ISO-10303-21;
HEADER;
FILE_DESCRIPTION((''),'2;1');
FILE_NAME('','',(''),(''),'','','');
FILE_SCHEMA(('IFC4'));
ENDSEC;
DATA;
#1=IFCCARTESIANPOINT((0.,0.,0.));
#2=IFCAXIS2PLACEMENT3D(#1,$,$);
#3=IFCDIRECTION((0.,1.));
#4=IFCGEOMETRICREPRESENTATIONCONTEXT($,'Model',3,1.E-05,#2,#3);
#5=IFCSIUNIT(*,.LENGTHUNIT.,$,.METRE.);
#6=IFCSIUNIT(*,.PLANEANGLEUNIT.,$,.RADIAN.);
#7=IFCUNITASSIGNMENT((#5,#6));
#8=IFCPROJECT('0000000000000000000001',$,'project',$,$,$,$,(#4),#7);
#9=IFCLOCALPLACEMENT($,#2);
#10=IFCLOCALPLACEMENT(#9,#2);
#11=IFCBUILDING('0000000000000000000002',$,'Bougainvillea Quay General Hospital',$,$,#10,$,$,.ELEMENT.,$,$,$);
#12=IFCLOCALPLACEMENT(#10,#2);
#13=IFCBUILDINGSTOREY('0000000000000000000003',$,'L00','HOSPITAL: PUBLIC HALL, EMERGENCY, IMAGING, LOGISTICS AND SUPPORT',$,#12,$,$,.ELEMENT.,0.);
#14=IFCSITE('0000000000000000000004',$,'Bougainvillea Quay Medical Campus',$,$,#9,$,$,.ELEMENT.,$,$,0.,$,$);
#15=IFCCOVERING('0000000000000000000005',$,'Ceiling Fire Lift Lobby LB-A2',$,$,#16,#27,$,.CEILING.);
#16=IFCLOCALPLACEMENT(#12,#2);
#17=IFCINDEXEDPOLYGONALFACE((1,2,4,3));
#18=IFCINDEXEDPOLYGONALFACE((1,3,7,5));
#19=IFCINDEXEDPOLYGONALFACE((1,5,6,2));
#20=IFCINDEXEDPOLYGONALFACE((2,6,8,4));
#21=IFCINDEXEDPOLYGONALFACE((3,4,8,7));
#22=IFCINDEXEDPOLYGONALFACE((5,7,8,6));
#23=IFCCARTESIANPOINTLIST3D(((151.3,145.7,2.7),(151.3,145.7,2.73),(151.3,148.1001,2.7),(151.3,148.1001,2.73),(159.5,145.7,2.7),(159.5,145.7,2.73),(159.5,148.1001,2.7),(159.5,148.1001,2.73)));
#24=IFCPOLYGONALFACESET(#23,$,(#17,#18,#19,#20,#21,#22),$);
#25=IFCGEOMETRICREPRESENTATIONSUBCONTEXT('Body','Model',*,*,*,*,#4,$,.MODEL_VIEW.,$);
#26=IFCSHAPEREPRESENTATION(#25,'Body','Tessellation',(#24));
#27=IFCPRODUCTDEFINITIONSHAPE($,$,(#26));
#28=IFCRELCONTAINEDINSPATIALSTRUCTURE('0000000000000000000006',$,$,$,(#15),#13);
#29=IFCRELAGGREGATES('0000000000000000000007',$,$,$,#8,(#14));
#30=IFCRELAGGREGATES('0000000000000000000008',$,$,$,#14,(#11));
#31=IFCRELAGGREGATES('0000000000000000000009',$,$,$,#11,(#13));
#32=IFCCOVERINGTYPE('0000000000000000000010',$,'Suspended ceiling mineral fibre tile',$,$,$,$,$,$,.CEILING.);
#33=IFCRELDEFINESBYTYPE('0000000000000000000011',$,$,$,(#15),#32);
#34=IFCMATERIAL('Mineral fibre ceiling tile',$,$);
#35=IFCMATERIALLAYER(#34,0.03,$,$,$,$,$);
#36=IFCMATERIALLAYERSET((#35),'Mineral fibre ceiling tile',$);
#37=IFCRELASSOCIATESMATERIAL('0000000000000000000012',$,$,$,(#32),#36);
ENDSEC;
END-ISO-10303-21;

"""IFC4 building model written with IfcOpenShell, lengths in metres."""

from ifc_helpers import new_model, si_unit, direction, frame, origin, place, context, subcontext, project, spatial, polyline, outline, extrude, material, layer, layer_set, type_object, element, save


model = new_model("IFC4")

# Units and contexts
model_context = context("Model", 3, precision=1e-05, world=origin(), true_north=direction((0.0, 1.0)))
body_context = subcontext(model_context, "Body", "Model", "MODEL_VIEW")
ifc_project = project(units=[si_unit("LENGTHUNIT", "METRE"), si_unit("PLANEANGLEUNIT", "RADIAN")], contexts=[model_context])

# Site, building, storey
site_placement = place(None, origin())
site = spatial("IfcSite", under=ifc_project, at=site_placement, Name="Bougainvillea Quay Medical Campus", CompositionType="ELEMENT", RefElevation=0.0)
building_placement = place(site_placement, origin())
building = spatial("IfcBuilding", under=site, at=building_placement, Name="Bougainvillea Quay General Hospital", CompositionType="ELEMENT")
storey_placement = place(building_placement, origin())
storey = spatial("IfcBuildingStorey", under=building, at=storey_placement, Name="L00", Description="HOSPITAL: PUBLIC HALL, EMERGENCY, IMAGING, LOGISTICS AND SUPPORT", CompositionType="ELEMENT", Elevation=0.0)

# Covering
ifc_material_1 = material(Name="Mineral fibre ceiling tile")
ifc_layer_1 = layer(ifc_material_1, 0.03)
ifc_layer_set_1 = layer_set([ifc_layer_1], Name="Mineral fibre ceiling tile")
covering_type = type_object("IfcCoveringType", Name="Suspended ceiling mineral fibre tile", PredefinedType="CEILING", material=ifc_layer_set_1)
covering_1_placement = place(storey_placement, frame((0.0, 0.0, 2.7)))
element("IfcCovering", 1, at=covering_1_placement, inside=storey, type_object=covering_type, Name="Ceiling Fire Lift Lobby LB-A2", PredefinedType="CEILING", context=body_context, shape_type="SweptSolid", body=[
    extrude(outline(polyline([(159.5, 148.1001), (151.3, 148.1001), (151.3, 145.7), (159.5, 145.7), (159.5, 148.1001)])), origin(), (0.0, 0.0, 1.0), 0.03),
])

save(model, "model.ifc")
